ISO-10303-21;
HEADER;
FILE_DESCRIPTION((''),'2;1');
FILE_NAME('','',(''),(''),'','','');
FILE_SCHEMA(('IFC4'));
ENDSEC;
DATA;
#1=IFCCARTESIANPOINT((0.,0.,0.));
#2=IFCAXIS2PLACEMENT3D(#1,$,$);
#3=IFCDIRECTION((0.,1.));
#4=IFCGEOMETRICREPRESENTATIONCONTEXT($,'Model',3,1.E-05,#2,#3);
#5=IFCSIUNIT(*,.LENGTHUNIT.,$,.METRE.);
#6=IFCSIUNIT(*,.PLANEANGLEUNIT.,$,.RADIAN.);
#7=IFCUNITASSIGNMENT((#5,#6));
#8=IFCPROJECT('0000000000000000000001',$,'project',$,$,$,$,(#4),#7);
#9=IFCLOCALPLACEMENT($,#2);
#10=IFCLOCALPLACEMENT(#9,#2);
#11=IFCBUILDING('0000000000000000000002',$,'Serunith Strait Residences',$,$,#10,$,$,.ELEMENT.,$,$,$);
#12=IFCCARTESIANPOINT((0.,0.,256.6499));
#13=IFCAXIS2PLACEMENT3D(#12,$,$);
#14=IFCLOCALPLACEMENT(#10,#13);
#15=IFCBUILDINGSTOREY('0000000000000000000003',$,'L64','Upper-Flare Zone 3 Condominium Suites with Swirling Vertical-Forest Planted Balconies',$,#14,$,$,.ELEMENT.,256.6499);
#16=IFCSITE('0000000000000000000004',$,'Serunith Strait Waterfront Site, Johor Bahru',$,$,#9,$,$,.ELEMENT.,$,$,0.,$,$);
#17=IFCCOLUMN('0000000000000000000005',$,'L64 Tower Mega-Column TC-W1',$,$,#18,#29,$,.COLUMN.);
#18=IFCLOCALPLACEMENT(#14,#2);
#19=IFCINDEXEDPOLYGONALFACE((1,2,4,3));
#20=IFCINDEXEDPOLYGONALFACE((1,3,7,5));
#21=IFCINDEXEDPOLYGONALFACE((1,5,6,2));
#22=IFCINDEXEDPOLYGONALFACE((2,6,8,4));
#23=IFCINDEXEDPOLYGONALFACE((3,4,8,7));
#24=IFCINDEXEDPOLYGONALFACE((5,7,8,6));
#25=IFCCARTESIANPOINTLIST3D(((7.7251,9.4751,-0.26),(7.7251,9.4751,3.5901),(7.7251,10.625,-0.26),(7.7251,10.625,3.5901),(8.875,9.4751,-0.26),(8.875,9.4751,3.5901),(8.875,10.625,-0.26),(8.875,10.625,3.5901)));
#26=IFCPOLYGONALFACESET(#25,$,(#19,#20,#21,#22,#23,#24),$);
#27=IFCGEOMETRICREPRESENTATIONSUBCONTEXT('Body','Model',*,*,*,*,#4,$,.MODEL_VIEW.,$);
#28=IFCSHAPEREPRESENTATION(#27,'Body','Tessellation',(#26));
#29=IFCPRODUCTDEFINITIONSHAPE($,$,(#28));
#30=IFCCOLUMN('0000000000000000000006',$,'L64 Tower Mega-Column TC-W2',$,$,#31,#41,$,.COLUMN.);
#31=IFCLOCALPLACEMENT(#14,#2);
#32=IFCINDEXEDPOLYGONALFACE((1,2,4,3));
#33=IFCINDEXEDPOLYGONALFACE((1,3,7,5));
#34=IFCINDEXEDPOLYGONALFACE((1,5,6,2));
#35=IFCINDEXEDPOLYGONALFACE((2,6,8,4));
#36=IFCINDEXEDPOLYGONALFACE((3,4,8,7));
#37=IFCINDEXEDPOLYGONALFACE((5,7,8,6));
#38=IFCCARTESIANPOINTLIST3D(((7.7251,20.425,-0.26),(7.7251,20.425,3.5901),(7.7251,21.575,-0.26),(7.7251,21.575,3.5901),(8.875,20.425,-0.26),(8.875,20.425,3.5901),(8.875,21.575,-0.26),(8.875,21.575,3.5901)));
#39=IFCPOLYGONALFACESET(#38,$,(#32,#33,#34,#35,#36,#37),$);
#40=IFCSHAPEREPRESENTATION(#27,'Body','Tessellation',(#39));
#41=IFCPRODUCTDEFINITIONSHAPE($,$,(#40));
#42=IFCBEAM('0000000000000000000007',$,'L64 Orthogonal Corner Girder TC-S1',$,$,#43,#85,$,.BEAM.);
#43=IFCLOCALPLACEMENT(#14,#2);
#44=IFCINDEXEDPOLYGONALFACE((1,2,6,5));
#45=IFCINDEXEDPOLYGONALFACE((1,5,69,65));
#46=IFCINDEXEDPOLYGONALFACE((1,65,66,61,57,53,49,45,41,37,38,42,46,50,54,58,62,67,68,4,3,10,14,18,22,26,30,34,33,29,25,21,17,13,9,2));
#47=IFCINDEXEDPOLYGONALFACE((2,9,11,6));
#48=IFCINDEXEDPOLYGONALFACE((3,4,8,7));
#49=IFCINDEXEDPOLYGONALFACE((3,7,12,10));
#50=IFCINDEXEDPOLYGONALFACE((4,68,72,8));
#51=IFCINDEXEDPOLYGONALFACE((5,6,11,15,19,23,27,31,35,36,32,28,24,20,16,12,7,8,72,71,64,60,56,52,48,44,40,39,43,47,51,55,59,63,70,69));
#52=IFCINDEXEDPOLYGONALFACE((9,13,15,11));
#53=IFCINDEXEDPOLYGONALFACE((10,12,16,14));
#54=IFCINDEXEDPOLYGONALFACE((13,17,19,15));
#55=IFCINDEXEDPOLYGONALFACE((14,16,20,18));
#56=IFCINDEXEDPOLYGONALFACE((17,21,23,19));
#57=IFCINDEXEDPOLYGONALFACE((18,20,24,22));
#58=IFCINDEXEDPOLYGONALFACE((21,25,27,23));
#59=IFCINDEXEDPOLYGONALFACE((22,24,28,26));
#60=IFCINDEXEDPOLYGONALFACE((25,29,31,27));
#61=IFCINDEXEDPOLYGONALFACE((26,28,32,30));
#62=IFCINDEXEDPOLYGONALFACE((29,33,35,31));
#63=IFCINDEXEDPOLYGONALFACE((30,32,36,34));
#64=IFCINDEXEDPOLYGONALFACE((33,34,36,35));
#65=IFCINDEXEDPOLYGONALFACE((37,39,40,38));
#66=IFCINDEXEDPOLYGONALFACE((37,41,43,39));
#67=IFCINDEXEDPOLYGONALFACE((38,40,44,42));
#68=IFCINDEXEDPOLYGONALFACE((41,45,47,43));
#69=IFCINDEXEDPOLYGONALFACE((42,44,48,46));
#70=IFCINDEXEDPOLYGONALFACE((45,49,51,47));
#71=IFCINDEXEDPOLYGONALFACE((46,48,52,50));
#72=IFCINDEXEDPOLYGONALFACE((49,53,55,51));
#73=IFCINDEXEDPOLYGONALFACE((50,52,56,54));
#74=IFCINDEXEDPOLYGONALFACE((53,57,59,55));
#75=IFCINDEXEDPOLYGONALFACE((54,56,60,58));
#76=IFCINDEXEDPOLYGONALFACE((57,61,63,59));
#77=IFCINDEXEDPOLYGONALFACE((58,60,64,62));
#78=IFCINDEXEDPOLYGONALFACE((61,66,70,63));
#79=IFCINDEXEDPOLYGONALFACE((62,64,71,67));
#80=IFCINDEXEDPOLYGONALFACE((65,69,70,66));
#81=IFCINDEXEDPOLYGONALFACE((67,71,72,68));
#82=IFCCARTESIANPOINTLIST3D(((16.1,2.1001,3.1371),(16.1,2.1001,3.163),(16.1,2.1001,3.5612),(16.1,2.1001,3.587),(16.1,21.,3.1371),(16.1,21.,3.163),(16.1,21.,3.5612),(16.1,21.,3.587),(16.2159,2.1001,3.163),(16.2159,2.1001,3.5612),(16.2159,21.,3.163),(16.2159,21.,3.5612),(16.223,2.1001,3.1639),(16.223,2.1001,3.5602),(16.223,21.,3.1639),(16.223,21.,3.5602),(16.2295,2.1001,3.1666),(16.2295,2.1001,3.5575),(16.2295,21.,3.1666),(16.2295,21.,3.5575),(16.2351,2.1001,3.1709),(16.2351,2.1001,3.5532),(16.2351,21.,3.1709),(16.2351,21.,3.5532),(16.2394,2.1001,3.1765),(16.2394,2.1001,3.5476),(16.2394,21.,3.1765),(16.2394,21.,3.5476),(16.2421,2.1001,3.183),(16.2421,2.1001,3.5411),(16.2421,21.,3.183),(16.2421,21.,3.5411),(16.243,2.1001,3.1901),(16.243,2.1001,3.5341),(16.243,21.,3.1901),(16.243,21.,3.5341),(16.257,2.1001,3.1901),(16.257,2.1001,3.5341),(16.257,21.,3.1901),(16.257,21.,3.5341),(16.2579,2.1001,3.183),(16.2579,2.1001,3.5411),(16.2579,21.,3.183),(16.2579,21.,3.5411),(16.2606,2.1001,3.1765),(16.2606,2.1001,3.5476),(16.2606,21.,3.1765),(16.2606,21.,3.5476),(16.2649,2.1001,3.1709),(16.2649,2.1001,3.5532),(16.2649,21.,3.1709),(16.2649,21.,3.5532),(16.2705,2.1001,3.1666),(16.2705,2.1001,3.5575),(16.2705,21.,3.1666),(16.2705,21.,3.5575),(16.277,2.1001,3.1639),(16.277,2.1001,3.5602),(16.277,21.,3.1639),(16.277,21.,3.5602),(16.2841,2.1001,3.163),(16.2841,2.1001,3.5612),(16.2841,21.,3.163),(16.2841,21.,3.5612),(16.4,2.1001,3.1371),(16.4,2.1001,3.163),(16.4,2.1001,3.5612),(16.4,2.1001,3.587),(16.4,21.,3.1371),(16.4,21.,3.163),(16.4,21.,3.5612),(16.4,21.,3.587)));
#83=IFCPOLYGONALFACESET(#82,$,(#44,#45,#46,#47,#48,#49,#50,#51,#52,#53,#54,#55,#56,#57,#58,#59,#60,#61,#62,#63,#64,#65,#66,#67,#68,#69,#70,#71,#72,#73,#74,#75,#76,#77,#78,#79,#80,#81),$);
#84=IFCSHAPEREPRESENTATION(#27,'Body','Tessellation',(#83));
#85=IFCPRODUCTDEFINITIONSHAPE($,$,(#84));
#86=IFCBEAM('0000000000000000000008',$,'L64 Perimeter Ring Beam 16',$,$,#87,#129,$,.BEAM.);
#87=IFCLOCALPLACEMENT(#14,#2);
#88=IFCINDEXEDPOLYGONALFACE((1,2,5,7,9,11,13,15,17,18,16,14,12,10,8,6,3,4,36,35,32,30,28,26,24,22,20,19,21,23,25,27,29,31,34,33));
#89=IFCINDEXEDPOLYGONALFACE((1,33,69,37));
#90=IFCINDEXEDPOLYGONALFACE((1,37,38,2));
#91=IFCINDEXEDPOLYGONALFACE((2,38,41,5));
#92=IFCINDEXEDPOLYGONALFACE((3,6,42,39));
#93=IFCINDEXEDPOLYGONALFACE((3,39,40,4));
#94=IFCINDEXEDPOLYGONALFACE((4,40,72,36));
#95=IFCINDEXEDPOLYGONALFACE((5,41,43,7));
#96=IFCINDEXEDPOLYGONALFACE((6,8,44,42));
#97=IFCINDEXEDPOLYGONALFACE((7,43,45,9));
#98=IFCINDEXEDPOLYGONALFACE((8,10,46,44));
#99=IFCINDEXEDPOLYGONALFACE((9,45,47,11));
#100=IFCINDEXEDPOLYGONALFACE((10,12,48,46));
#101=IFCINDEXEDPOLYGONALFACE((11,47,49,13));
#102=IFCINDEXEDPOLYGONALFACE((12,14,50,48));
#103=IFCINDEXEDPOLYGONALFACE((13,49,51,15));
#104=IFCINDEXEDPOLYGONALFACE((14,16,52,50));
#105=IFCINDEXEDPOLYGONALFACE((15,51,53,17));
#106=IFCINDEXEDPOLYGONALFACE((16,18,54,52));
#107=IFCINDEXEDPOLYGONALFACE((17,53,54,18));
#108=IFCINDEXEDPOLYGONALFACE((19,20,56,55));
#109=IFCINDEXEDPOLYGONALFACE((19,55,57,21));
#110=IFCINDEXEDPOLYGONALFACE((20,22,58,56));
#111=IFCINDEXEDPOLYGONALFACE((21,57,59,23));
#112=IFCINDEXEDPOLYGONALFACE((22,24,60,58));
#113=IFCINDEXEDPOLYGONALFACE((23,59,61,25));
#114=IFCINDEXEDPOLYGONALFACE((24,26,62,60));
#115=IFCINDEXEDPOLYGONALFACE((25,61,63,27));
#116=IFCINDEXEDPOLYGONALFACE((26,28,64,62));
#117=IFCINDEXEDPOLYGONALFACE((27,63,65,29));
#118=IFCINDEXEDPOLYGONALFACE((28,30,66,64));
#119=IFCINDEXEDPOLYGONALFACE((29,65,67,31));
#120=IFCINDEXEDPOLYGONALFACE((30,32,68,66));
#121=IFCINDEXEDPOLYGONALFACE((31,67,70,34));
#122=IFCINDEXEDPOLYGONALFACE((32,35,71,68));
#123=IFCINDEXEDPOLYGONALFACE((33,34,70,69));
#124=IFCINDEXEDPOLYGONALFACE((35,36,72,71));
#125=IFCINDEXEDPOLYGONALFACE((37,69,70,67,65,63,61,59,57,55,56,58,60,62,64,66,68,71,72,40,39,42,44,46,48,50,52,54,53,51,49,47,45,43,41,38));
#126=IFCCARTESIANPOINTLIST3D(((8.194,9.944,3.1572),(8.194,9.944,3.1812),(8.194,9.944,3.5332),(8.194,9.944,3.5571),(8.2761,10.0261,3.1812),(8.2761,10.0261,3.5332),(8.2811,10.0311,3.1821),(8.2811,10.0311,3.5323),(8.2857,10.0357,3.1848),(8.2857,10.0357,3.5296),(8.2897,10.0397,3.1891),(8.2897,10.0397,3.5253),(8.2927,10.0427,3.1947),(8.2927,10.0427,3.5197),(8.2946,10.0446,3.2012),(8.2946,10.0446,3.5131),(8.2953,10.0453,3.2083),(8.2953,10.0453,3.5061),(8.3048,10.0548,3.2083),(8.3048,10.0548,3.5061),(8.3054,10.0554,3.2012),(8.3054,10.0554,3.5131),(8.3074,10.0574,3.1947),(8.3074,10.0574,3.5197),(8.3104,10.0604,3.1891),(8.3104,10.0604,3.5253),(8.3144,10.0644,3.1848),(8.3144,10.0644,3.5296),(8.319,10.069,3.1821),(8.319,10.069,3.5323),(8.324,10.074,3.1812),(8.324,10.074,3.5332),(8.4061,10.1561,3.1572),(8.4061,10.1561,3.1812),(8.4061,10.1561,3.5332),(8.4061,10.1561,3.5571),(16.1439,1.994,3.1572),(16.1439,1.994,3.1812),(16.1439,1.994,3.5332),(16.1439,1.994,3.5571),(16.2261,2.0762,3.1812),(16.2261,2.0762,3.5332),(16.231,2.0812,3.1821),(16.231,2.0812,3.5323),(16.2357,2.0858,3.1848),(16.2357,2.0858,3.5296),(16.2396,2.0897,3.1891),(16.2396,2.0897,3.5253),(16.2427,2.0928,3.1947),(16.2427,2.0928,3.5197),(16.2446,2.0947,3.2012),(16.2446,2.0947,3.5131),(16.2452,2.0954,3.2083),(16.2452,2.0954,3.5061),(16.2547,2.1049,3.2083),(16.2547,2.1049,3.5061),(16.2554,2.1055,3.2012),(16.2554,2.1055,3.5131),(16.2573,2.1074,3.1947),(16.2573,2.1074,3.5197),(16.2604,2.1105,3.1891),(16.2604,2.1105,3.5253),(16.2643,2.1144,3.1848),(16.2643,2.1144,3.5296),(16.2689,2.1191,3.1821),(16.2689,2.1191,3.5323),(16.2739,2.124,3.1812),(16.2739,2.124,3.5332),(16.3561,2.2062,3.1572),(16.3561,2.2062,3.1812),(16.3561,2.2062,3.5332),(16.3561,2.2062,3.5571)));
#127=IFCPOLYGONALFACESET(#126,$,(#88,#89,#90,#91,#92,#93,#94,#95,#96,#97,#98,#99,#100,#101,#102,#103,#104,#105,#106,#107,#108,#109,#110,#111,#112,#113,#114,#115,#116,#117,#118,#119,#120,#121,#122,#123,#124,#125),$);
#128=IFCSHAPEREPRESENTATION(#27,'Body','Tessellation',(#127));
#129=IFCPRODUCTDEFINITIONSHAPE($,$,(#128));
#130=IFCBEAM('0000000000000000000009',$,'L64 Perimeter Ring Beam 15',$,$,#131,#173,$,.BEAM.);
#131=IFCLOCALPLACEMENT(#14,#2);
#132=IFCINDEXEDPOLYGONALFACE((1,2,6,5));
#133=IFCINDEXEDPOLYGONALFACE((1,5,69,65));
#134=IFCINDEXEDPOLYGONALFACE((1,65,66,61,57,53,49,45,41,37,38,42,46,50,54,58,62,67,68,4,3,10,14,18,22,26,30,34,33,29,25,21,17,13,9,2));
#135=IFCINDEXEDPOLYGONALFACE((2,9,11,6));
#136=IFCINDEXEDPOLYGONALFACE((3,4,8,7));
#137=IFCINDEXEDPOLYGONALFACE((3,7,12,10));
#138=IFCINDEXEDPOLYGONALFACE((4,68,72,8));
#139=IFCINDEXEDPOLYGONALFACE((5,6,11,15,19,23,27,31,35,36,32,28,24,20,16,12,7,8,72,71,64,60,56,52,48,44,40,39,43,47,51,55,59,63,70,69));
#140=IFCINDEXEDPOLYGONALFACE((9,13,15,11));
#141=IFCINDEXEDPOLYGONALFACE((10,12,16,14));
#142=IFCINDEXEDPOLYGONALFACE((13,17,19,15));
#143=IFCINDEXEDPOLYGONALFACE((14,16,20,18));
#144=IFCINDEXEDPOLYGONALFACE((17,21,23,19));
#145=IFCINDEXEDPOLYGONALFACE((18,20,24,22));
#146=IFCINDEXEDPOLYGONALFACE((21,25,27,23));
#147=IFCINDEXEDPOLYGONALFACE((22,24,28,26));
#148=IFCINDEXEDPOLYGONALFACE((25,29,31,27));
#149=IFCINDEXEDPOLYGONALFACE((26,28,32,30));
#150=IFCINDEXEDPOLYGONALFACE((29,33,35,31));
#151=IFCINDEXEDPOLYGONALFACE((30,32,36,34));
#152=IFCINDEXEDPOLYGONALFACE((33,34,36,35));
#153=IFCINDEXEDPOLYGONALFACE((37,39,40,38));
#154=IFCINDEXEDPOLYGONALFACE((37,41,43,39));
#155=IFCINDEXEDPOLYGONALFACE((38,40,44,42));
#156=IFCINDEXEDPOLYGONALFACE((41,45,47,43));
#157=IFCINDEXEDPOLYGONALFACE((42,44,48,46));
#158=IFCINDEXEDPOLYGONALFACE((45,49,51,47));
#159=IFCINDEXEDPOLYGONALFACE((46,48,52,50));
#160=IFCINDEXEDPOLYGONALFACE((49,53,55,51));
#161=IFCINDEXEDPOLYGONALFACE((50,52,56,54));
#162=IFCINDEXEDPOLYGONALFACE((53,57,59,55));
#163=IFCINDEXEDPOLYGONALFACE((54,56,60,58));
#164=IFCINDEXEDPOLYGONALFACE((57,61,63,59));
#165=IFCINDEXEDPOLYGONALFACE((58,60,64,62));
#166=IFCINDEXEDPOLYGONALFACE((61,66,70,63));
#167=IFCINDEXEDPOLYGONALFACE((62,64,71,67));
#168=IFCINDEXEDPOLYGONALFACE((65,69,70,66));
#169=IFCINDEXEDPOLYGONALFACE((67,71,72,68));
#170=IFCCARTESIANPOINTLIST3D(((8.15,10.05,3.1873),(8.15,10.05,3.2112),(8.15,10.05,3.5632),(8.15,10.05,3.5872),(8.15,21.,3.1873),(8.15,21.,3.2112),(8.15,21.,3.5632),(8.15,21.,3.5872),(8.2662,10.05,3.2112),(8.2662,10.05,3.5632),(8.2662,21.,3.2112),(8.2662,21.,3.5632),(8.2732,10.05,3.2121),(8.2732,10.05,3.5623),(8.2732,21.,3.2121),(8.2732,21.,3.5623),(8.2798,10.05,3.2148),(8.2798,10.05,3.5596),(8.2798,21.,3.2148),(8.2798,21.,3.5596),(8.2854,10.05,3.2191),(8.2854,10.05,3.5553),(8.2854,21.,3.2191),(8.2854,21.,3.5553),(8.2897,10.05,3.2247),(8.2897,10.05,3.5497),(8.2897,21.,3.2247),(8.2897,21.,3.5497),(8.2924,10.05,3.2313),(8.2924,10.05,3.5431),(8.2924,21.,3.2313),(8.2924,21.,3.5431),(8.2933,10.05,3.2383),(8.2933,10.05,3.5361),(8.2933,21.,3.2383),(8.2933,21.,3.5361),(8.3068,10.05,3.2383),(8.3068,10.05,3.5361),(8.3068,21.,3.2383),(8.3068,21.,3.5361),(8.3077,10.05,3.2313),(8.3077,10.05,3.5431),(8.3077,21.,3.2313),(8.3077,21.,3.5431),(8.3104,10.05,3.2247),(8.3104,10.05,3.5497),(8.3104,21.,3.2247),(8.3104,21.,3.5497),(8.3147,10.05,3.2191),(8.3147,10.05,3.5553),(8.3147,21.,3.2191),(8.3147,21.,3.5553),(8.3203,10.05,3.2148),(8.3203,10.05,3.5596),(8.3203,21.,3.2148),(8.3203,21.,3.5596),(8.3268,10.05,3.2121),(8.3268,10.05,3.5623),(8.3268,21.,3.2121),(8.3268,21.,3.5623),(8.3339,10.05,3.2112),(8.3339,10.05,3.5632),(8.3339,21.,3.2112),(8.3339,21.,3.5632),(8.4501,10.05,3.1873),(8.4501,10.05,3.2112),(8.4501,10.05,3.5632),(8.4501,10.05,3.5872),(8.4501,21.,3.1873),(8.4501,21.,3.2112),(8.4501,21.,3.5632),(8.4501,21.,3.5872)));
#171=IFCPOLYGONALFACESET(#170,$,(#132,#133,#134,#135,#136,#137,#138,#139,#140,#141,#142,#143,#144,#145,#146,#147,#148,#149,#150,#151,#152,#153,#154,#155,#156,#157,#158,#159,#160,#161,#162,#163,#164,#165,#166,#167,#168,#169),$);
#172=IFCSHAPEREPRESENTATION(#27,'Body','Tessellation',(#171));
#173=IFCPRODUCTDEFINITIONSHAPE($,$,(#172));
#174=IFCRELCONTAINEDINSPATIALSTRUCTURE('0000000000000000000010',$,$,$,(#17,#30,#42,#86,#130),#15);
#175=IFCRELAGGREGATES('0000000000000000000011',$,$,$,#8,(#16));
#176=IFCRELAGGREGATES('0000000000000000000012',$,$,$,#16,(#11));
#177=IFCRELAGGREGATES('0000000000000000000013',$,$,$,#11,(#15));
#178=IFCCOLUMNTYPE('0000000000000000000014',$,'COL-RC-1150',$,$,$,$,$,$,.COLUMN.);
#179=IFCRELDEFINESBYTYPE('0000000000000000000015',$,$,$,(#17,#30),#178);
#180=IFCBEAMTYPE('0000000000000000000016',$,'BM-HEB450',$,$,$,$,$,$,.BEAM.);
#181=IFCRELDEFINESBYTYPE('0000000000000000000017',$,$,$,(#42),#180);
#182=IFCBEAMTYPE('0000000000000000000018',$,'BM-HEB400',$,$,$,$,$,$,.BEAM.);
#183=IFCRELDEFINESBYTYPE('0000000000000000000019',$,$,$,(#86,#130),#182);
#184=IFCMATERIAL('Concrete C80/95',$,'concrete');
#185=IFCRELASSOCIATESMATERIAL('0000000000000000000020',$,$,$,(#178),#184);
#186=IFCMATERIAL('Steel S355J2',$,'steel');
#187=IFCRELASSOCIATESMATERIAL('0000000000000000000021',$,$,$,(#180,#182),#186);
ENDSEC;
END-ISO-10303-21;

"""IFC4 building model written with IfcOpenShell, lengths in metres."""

from ifc_helpers import new_model, si_unit, direction, frame, origin, origin_2d, place, context, subcontext, project, spatial, rectangle, i_section, extrude, source, transform, mapped, material, material_profile, profile_set, type_object, element, save


model = new_model("IFC4")

# Units and contexts
model_context = context("Model", 3, precision=1e-05, world=origin(), true_north=direction((0.0, 1.0)))
body_context = subcontext(model_context, "Body", "Model", "MODEL_VIEW")
ifc_project = project(units=[si_unit("LENGTHUNIT", "METRE"), si_unit("PLANEANGLEUNIT", "RADIAN")], contexts=[model_context])

# Site, building, storey
site_placement = place(None, origin())
site = spatial("IfcSite", under=ifc_project, at=site_placement, Name="Serunith Strait Waterfront Site, Johor Bahru", CompositionType="ELEMENT", RefElevation=0.0)
building_placement = place(site_placement, origin())
building = spatial("IfcBuilding", under=site, at=building_placement, Name="Serunith Strait Residences", CompositionType="ELEMENT")
storey_placement = place(building_placement, frame((0.0, 0.0, 256.6499)))
storey = spatial("IfcBuildingStorey", under=building, at=storey_placement, Name="L64", Description="Upper-Flare Zone 3 Condominium Suites with Swirling Vertical-Forest Planted Balconies", CompositionType="ELEMENT", Elevation=256.6499)

# Columns
ifc_material_1 = material(Name="Concrete C80/95", Category="concrete")
ifc_material_profile_1 = material_profile(ifc_material_1, rectangle(XDim=1.1499, YDim=1.1499, at=origin_2d()), Name="RC 1150x1150")
ifc_profile_set_1 = profile_set([ifc_material_profile_1], Name="Concrete C80/95")
column_type = type_object("IfcColumnType", Name="COL-RC-1150", PredefinedType="COLUMN", material=ifc_profile_set_1)
shared_shape_1 = source(origin(), body_context, "Body", "SweptSolid", [
    extrude(rectangle(XDim=1.1499, YDim=1.1499, at=origin_2d()), origin(), (0.0, 0.0, 1.0), 3.8501),
])
for number, where, z_axis, x_axis, name in (
    (1, (8.3, 10.05, -0.26), (0.0, 0.0, 1.0), (1.0, 0.0, 0.0), "L64 Tower Mega-Column TC-W1"),
    (2, (8.3, 21.0, -0.26), (0.0, 0.0, 1.0), (1.0, 0.0, 0.0), "L64 Tower Mega-Column TC-W2"),
):
    element("IfcColumn", number, at=place(storey_placement, frame(where, z_axis=z_axis, x_axis=x_axis)), inside=storey, type_object=column_type, Name=name, PredefinedType="COLUMN", context=body_context, shape_type="MappedRepresentation", body=[
        mapped(shared_shape_1, transform((0.0, 0.0, 0.0), scale=1.0)),
    ])

# Beams
ifc_material_2 = material(Name="Steel S355J2", Category="steel")
ifc_material_profile_2 = material_profile(ifc_material_2, i_section(OverallWidth=0.3, OverallDepth=0.45, WebThickness=0.0139, FlangeThickness=0.0259, FilletRadius=0.0271, at=origin_2d()), Name="HEB 450")
ifc_profile_set_2 = profile_set([ifc_material_profile_2], Name="Steel S355J2")
beam_type_1 = type_object("IfcBeamType", Name="BM-HEB450", PredefinedType="BEAM", material=ifc_profile_set_2)
shared_shape_2 = source(origin(), body_context, "Body", "SweptSolid", [
    extrude(i_section(OverallWidth=0.3, OverallDepth=0.45, WebThickness=0.0139, FlangeThickness=0.0259, FilletRadius=0.0271, at=origin_2d()), origin(), (0.0, 0.0, 1.0), 18.8999),
])
beam_1_placement = place(storey_placement, frame((16.25, 21.0, 3.3621), z_axis=(0.0, -1.0, 0.0), x_axis=(1.0, 0.0, 0.0)))
element("IfcBeam", 3, at=beam_1_placement, inside=storey, type_object=beam_type_1, Name="L64 Orthogonal Corner Girder TC-S1", PredefinedType="BEAM", context=body_context, shape_type="MappedRepresentation", body=[
    mapped(shared_shape_2, transform((0.0, 0.0, 0.0), scale=1.0)),
])
ifc_material_profile_3 = material_profile(ifc_material_2, i_section(OverallWidth=0.3, OverallDepth=0.3999, WebThickness=0.0134, FlangeThickness=0.0239, FilletRadius=0.0271, at=origin_2d()), Name="HEB 400")
ifc_profile_set_3 = profile_set([ifc_material_profile_3], Name="Steel S355J2")
beam_type_2 = type_object("IfcBeamType", Name="BM-HEB400", PredefinedType="BEAM", material=ifc_profile_set_3)
shared_shape_3 = source(origin(), body_context, "Body", "SweptSolid", [
    extrude(i_section(OverallWidth=0.3, OverallDepth=0.3999, WebThickness=0.0134, FlangeThickness=0.0239, FilletRadius=0.0271, at=origin_2d()), origin(), (0.0, 0.0, 1.0), 11.2429),
])
beam_2_placement = place(storey_placement, frame((8.3, 10.05, 3.3572), z_axis=(0.707107, -0.707107, 0.0), x_axis=(0.707107, 0.707107, 0.0)))
element("IfcBeam", 4, at=beam_2_placement, inside=storey, type_object=beam_type_2, Name="L64 Perimeter Ring Beam 16", PredefinedType="BEAM", context=body_context, shape_type="MappedRepresentation", body=[
    mapped(shared_shape_3, transform((0.0, 0.0, 0.0), scale=1.0)),
])
shared_shape_4 = source(origin(), body_context, "Body", "SweptSolid", [
    extrude(i_section(OverallWidth=0.3, OverallDepth=0.3999, WebThickness=0.0134, FlangeThickness=0.0239, FilletRadius=0.0271, at=origin_2d()), origin(), (0.0, 0.0, 1.0), 10.95),
])
beam_3_placement = place(storey_placement, frame((8.3, 21.0, 3.3872), z_axis=(0.0, -1.0, 0.0), x_axis=(1.0, 0.0, 0.0)))
element("IfcBeam", 5, at=beam_3_placement, inside=storey, type_object=beam_type_2, Name="L64 Perimeter Ring Beam 15", PredefinedType="BEAM", context=body_context, shape_type="MappedRepresentation", body=[
    mapped(shared_shape_4, transform((0.0, 0.0, 0.0), scale=1.0)),
])

save(model, "model.ifc")
